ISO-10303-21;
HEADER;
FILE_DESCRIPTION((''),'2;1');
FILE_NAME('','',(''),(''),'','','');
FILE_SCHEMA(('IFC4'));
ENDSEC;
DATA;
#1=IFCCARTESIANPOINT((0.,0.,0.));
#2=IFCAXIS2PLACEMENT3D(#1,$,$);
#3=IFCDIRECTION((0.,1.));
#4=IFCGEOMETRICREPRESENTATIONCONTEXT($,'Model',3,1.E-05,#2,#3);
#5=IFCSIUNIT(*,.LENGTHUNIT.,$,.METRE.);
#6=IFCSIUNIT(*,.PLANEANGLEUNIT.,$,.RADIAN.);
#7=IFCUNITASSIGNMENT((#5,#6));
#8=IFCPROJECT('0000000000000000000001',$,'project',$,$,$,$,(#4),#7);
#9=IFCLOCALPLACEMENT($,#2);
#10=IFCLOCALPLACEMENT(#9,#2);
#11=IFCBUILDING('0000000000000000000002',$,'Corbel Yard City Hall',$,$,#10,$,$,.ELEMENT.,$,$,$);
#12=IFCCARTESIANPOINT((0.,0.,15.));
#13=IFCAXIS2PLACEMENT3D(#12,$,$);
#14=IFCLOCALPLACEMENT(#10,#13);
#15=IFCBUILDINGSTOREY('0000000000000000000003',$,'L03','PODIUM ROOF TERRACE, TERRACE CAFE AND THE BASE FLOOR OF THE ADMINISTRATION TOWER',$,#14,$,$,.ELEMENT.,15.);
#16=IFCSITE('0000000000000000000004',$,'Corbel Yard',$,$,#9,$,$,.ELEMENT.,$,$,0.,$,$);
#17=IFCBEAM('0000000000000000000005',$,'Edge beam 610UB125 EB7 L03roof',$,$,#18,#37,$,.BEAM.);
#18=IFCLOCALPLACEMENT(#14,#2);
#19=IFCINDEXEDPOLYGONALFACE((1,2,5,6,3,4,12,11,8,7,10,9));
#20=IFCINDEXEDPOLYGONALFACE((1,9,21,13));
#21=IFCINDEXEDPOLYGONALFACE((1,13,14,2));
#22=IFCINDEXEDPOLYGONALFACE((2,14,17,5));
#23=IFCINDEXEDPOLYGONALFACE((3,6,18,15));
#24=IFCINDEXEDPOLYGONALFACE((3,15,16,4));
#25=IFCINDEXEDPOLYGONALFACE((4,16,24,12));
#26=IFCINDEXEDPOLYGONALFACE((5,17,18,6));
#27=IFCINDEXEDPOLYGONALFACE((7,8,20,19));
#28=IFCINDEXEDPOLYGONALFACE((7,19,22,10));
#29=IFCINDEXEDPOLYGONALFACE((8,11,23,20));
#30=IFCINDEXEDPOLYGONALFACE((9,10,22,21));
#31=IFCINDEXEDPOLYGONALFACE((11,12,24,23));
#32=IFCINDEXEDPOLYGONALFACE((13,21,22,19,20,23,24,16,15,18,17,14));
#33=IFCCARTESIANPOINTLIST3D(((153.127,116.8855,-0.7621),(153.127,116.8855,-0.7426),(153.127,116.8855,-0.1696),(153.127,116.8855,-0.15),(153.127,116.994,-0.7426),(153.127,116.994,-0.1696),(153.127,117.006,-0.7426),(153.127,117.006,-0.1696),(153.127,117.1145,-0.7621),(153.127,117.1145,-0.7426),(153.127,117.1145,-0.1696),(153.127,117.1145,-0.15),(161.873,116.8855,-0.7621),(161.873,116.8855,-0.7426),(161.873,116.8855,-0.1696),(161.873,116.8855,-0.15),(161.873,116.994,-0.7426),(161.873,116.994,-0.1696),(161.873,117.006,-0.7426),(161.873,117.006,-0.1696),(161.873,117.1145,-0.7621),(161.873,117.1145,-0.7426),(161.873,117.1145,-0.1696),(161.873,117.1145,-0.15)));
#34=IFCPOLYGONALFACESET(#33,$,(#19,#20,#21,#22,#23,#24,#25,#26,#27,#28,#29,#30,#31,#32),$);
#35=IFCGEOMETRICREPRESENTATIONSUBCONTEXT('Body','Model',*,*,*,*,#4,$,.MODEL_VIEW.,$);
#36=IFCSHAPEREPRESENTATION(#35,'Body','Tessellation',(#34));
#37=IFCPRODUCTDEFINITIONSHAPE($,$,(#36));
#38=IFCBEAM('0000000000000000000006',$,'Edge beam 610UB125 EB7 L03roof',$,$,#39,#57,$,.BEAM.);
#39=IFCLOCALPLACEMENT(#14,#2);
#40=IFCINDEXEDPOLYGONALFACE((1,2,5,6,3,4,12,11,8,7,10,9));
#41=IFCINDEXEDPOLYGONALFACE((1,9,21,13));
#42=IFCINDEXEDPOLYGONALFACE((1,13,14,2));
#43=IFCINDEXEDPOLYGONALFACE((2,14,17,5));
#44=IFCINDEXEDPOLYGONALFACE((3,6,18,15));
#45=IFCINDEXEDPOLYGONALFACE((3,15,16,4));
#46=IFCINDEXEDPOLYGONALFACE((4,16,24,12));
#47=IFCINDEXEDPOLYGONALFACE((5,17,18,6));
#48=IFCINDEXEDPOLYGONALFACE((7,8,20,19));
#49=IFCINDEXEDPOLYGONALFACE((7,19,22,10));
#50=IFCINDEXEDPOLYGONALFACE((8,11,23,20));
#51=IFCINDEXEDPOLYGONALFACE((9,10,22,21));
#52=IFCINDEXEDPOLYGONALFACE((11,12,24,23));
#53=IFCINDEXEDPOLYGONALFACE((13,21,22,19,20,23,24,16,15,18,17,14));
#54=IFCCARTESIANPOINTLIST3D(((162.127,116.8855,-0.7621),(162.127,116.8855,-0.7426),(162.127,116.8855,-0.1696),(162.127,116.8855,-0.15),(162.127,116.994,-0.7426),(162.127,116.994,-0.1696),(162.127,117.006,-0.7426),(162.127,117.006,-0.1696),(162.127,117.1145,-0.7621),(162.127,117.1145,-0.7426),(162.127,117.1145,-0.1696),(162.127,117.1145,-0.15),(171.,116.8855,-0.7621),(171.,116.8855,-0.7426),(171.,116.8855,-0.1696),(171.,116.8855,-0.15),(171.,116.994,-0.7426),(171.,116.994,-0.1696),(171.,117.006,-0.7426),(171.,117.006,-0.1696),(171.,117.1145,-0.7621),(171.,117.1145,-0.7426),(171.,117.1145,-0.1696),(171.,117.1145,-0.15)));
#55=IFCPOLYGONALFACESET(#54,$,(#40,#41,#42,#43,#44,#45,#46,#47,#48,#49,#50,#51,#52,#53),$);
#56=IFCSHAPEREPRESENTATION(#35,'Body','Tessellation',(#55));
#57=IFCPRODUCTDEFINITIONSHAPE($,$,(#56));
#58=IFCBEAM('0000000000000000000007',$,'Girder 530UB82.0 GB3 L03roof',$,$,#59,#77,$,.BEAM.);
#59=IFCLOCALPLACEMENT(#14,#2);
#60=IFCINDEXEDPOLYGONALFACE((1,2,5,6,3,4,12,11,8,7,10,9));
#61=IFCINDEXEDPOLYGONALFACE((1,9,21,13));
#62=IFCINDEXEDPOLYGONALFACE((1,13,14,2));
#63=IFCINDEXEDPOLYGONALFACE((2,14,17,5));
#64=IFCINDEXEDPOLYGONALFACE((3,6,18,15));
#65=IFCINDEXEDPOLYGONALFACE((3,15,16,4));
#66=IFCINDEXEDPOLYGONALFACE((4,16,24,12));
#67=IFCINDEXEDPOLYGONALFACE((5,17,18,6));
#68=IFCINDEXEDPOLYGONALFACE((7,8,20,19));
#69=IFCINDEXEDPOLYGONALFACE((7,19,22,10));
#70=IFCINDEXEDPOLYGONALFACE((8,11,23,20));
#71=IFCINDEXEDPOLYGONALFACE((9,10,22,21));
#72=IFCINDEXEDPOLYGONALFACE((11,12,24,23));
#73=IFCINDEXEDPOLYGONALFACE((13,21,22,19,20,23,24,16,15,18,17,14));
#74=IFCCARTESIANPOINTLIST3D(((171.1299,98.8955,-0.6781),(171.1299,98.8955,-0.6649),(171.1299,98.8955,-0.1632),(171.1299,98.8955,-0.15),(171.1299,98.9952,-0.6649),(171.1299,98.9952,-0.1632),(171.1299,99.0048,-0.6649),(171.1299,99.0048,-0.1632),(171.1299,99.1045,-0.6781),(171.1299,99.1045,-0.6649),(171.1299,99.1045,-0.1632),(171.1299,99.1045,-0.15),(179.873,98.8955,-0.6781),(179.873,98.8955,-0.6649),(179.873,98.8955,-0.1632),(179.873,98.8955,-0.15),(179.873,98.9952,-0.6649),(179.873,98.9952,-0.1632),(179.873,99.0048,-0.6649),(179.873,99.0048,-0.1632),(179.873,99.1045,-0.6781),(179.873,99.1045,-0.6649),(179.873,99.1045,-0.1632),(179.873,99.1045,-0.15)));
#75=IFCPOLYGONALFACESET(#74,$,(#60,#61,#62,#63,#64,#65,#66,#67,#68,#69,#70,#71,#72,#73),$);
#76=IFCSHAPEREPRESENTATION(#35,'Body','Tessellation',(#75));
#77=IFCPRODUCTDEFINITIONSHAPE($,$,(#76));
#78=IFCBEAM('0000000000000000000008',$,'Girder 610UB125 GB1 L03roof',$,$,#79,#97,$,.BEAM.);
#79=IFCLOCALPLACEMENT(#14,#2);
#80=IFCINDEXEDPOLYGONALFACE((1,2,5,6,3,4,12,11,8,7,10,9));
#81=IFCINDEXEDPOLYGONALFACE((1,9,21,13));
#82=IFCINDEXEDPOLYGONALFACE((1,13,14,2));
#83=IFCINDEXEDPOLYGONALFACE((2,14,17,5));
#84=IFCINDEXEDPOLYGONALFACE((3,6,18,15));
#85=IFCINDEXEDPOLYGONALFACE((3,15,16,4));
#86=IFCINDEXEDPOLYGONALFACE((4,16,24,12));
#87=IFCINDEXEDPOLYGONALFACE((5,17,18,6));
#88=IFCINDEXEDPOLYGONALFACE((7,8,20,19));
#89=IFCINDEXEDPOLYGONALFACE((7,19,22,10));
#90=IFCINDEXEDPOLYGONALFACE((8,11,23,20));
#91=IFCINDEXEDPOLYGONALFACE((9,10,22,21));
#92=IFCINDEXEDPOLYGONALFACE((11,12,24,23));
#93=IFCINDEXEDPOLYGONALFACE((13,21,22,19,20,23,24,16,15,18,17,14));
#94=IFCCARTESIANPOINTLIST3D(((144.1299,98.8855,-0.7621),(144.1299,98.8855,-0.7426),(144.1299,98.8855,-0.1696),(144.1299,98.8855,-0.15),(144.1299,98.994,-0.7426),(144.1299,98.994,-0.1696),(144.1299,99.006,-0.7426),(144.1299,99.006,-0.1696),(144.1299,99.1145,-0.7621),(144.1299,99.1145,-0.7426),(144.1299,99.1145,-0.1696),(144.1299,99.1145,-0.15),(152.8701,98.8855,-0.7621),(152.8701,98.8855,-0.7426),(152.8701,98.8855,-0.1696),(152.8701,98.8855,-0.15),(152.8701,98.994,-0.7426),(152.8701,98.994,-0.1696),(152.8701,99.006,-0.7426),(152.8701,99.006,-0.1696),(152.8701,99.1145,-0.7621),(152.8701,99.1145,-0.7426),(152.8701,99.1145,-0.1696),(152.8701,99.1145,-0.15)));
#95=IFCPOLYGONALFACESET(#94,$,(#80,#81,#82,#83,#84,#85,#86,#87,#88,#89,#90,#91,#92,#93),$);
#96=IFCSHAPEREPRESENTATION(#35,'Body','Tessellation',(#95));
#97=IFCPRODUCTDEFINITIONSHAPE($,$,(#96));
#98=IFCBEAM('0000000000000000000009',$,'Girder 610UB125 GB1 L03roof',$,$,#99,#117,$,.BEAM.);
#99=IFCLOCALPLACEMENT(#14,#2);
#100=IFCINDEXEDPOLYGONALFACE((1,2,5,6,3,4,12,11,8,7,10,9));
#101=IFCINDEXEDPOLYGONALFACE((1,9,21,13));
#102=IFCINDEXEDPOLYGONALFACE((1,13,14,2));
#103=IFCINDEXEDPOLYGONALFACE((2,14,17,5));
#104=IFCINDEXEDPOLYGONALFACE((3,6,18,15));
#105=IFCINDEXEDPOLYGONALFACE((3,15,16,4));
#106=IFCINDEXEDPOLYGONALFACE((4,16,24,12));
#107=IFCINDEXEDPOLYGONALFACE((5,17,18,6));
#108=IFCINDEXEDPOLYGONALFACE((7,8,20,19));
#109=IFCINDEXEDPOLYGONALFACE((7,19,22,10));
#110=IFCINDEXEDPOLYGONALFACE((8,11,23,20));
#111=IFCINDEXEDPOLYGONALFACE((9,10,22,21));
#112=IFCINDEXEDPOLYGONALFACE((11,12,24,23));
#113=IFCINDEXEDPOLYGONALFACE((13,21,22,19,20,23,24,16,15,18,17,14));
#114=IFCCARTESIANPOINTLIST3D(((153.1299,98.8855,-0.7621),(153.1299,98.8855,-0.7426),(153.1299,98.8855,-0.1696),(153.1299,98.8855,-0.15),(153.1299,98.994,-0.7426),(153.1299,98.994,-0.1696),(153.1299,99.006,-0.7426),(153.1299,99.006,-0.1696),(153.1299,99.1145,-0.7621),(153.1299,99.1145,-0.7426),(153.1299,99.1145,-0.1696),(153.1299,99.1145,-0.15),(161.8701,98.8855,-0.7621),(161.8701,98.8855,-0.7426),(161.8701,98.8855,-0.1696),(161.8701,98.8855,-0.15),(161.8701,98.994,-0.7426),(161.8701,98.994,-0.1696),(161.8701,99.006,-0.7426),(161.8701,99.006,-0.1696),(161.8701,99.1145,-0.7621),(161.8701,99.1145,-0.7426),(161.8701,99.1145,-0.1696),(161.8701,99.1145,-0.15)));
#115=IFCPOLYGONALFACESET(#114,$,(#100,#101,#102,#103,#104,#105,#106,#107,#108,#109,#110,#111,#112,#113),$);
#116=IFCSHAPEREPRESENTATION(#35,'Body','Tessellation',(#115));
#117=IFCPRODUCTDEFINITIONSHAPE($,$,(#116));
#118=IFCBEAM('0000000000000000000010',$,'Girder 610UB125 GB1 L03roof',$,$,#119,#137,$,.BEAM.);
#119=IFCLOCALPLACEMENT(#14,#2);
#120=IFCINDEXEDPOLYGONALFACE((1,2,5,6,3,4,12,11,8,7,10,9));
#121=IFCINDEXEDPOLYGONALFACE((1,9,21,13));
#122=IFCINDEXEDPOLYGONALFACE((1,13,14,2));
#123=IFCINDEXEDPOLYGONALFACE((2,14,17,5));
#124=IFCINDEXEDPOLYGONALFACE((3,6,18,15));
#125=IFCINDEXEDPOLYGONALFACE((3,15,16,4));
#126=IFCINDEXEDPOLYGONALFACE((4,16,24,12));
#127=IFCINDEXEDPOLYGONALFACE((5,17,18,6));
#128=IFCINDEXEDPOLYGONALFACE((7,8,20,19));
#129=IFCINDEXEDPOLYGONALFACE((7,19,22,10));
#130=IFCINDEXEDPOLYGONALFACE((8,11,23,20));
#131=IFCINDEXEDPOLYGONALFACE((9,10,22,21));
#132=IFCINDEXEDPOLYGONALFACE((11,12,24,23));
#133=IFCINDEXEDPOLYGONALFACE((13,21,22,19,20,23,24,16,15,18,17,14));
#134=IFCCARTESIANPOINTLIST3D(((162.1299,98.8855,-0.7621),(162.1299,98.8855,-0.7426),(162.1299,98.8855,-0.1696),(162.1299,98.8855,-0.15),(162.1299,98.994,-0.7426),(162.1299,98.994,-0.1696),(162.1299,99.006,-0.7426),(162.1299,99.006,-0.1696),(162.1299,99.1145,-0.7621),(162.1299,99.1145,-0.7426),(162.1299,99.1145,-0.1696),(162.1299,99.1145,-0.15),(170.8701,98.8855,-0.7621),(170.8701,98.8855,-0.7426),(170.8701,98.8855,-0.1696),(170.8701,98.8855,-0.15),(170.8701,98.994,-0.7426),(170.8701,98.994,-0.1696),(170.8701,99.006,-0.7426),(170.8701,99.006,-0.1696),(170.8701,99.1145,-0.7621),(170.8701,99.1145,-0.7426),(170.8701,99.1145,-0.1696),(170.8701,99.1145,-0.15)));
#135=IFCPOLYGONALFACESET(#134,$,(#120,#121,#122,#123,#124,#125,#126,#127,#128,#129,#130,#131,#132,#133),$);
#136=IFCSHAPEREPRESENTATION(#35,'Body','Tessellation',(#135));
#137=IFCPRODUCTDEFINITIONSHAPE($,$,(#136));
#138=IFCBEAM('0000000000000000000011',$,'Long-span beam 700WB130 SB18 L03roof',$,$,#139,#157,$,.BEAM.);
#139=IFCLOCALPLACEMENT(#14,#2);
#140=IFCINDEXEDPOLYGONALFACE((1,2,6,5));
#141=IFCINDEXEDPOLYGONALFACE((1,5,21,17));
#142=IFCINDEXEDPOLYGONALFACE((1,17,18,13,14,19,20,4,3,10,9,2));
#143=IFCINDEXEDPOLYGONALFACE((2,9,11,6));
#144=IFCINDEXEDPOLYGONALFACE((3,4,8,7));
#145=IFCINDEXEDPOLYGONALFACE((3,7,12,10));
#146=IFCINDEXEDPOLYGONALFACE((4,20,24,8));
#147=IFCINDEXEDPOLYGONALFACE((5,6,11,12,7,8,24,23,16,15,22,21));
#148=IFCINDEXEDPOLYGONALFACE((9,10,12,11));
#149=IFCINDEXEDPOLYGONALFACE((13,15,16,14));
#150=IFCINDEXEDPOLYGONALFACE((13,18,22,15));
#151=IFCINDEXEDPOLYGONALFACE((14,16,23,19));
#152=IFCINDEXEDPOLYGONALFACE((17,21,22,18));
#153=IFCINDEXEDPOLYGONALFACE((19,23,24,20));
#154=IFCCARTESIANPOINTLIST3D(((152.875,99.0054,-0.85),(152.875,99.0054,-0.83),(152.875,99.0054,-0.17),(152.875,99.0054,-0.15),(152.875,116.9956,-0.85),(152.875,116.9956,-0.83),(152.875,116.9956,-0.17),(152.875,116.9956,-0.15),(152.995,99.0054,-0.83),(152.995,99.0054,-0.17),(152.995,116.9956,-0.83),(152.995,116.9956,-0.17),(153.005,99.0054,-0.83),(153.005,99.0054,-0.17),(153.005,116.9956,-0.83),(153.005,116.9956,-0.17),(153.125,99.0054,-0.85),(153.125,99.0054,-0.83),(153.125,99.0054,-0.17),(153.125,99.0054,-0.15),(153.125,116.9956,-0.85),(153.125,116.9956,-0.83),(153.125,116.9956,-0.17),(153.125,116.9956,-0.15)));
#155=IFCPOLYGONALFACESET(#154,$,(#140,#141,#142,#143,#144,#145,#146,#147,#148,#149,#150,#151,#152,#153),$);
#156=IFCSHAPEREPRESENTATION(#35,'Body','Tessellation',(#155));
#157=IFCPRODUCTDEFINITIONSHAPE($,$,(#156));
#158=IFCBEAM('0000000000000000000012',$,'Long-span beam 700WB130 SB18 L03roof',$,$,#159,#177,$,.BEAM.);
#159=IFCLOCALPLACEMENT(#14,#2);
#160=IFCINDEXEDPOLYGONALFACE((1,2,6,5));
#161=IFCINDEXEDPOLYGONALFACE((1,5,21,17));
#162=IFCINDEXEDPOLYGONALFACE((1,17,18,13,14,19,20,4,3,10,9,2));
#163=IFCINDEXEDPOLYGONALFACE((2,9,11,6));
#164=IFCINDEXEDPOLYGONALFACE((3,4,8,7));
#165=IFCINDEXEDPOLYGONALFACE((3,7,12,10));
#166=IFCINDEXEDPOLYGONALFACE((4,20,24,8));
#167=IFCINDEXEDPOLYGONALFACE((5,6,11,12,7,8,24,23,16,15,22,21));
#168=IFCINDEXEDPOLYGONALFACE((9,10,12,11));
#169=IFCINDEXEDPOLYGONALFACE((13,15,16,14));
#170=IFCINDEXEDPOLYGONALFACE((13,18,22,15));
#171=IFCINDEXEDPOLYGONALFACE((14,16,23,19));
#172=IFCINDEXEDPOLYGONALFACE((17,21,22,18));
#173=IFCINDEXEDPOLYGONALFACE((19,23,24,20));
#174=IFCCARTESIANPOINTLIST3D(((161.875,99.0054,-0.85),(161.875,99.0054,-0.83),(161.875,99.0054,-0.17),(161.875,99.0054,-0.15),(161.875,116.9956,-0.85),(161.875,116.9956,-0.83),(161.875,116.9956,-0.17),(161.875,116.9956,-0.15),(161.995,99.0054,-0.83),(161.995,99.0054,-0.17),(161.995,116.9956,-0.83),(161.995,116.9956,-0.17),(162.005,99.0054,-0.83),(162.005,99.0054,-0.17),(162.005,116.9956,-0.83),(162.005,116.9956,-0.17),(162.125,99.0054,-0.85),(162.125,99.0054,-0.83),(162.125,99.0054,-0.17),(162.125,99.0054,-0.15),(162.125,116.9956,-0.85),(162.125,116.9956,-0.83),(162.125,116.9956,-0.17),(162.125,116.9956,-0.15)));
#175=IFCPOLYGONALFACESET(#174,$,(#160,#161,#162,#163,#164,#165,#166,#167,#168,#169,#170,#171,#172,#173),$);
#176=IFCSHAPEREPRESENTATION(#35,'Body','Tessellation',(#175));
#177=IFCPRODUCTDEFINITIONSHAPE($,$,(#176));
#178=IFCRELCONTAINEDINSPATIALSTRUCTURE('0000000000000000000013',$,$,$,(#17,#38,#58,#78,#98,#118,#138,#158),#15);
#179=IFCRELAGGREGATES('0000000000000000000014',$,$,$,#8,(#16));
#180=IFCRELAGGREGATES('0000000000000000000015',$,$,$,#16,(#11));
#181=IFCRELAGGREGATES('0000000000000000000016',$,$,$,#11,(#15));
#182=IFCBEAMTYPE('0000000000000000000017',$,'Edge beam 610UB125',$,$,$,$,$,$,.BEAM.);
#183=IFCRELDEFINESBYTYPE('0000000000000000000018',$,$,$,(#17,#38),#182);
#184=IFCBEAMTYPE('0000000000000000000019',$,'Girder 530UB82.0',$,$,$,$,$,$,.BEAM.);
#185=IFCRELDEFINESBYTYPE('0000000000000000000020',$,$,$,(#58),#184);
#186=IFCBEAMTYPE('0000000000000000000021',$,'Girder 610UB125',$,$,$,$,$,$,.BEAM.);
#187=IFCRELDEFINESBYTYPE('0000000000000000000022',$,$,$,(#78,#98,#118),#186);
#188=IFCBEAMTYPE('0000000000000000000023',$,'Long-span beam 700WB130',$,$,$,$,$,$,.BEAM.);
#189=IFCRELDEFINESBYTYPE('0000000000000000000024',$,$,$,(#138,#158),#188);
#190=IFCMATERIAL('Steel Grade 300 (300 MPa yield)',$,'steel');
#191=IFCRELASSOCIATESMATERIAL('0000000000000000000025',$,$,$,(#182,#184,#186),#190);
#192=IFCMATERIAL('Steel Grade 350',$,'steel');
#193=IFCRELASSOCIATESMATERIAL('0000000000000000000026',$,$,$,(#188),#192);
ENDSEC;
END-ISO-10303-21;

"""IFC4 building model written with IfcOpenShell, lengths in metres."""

from ifc_helpers import new_model, si_unit, direction, frame, origin, origin_2d, place, context, subcontext, project, spatial, i_section, extrude, material, material_profile, profile_set, type_object, element, save


model = new_model("IFC4")

# Units and contexts
model_context = context("Model", 3, precision=1e-05, world=origin(), true_north=direction((0.0, 1.0)))
body_context = subcontext(model_context, "Body", "Model", "MODEL_VIEW")
ifc_project = project(units=[si_unit("LENGTHUNIT", "METRE"), si_unit("PLANEANGLEUNIT", "RADIAN")], contexts=[model_context])

# Site, building, storey
site_placement = place(None, origin())
site = spatial("IfcSite", under=ifc_project, at=site_placement, Name="Corbel Yard", CompositionType="ELEMENT", RefElevation=0.0)
building_placement = place(site_placement, origin())
building = spatial("IfcBuilding", under=site, at=building_placement, Name="Corbel Yard City Hall", CompositionType="ELEMENT")
storey_placement = place(building_placement, frame((0.0, 0.0, 15.0)))
storey = spatial("IfcBuildingStorey", under=building, at=storey_placement, Name="L03", Description="PODIUM ROOF TERRACE, TERRACE CAFE AND THE BASE FLOOR OF THE ADMINISTRATION TOWER", CompositionType="ELEMENT", Elevation=15.0)

# Beams
ifc_material_1 = material(Name="Steel Grade 300 (300 MPa yield)", Category="steel")
ifc_material_profile_1 = material_profile(ifc_material_1, i_section(OverallWidth=0.229, OverallDepth=0.6121, WebThickness=0.012, FlangeThickness=0.0195, at=origin_2d()), Name="610UB125")
ifc_profile_set_1 = profile_set([ifc_material_profile_1], Name="Steel Grade 300 (300 MPa yield)")
beam_type_1 = type_object("IfcBeamType", Name="Edge beam 610UB125", PredefinedType="BEAM", material=ifc_profile_set_1)
beam_1_placement = place(storey_placement, frame((153.127, 117.0, -0.4561), z_axis=(1.0, 0.0, 0.0), x_axis=(0.0, 1.0, 0.0)))
element("IfcBeam", 1, at=beam_1_placement, inside=storey, type_object=beam_type_1, Name="Edge beam 610UB125 EB7 L03roof", PredefinedType="BEAM", context=body_context, shape_type="SweptSolid", body=[
    extrude(i_section(OverallWidth=0.229, OverallDepth=0.6121, WebThickness=0.012, FlangeThickness=0.0195, at=origin_2d()), origin(), (0.0, 0.0, 1.0), 8.7461),
])
beam_2_placement = place(storey_placement, frame((162.127, 117.0, -0.4561), z_axis=(1.0, 0.0, 0.0), x_axis=(0.0, 1.0, 0.0)))
element("IfcBeam", 2, at=beam_2_placement, inside=storey, type_object=beam_type_1, Name="Edge beam 610UB125 EB7 L03roof", PredefinedType="BEAM", context=body_context, shape_type="SweptSolid", body=[
    extrude(i_section(OverallWidth=0.229, OverallDepth=0.6121, WebThickness=0.012, FlangeThickness=0.0195, at=origin_2d()), origin(), (0.0, 0.0, 1.0), 8.873),
])
ifc_material_profile_2 = material_profile(ifc_material_1, i_section(OverallWidth=0.209, OverallDepth=0.5281, WebThickness=0.0095, FlangeThickness=0.0132, at=origin_2d()), Name="530UB82.0")
ifc_profile_set_2 = profile_set([ifc_material_profile_2], Name="Steel Grade 300 (300 MPa yield)")
beam_type_2 = type_object("IfcBeamType", Name="Girder 530UB82.0", PredefinedType="BEAM", material=ifc_profile_set_2)
beam_3_placement = place(storey_placement, frame((171.1299, 99.0, -0.4141), z_axis=(1.0, 0.0, 0.0), x_axis=(0.0, 1.0, 0.0)))
element("IfcBeam", 3, at=beam_3_placement, inside=storey, type_object=beam_type_2, Name="Girder 530UB82.0 GB3 L03roof", PredefinedType="BEAM", context=body_context, shape_type="SweptSolid", body=[
    extrude(i_section(OverallWidth=0.209, OverallDepth=0.5281, WebThickness=0.0095, FlangeThickness=0.0132, at=origin_2d()), origin(), (0.0, 0.0, 1.0), 8.7432),
])
ifc_material_profile_3 = material_profile(ifc_material_1, i_section(OverallWidth=0.229, OverallDepth=0.6121, WebThickness=0.012, FlangeThickness=0.0195, at=origin_2d()), Name="610UB125")
ifc_profile_set_3 = profile_set([ifc_material_profile_3], Name="Steel Grade 300 (300 MPa yield)")
beam_type_3 = type_object("IfcBeamType", Name="Girder 610UB125", PredefinedType="BEAM", material=ifc_profile_set_3)
for number, where, z_axis, x_axis, name in (
    (4, (144.1299, 99.0, -0.4561), (1.0, 0.0, 0.0), (0.0, 1.0, 0.0), "Girder 610UB125 GB1 L03roof"),
    (5, (153.1299, 99.0, -0.4561), (1.0, 0.0, 0.0), (0.0, 1.0, 0.0), "Girder 610UB125 GB1 L03roof"),
    (6, (162.1299, 99.0, -0.4561), (1.0, 0.0, 0.0), (0.0, 1.0, 0.0), "Girder 610UB125 GB1 L03roof"),
):
    element("IfcBeam", number, at=place(storey_placement, frame(where, z_axis=z_axis, x_axis=x_axis)), inside=storey, type_object=beam_type_3, Name=name, PredefinedType="BEAM", context=body_context, shape_type="SweptSolid", body=[
        extrude(i_section(OverallWidth=0.229, OverallDepth=0.6121, WebThickness=0.012, FlangeThickness=0.0195, at=origin_2d()), origin(), (0.0, 0.0, 1.0), 8.7402),
    ])
ifc_material_2 = material(Name="Steel Grade 350", Category="steel")
ifc_material_profile_4 = material_profile(ifc_material_2, i_section(OverallWidth=0.25, OverallDepth=0.7, WebThickness=0.01, FlangeThickness=0.02, at=origin_2d()), Name="700WB130")
ifc_profile_set_4 = profile_set([ifc_material_profile_4], Name="Steel Grade 350")
beam_type_4 = type_object("IfcBeamType", Name="Long-span beam 700WB130", PredefinedType="BEAM", material=ifc_profile_set_4)
for number, where, z_axis, x_axis, name in (
    (7, (153.0, 99.0054, -0.5), (0.0, 1.0, 0.0), (-1.0, 0.0, 0.0), "Long-span beam 700WB130 SB18 L03roof"),
    (8, (162.0, 99.0054, -0.5), (0.0, 1.0, 0.0), (-1.0, 0.0, 0.0), "Long-span beam 700WB130 SB18 L03roof"),
):
    element("IfcBeam", number, at=place(storey_placement, frame(where, z_axis=z_axis, x_axis=x_axis)), inside=storey, type_object=beam_type_4, Name=name, PredefinedType="BEAM", context=body_context, shape_type="SweptSolid", body=[
        extrude(i_section(OverallWidth=0.25, OverallDepth=0.7, WebThickness=0.01, FlangeThickness=0.02, at=origin_2d()), origin(), (0.0, 0.0, 1.0), 17.9902),
    ])

save(model, "model.ifc")
